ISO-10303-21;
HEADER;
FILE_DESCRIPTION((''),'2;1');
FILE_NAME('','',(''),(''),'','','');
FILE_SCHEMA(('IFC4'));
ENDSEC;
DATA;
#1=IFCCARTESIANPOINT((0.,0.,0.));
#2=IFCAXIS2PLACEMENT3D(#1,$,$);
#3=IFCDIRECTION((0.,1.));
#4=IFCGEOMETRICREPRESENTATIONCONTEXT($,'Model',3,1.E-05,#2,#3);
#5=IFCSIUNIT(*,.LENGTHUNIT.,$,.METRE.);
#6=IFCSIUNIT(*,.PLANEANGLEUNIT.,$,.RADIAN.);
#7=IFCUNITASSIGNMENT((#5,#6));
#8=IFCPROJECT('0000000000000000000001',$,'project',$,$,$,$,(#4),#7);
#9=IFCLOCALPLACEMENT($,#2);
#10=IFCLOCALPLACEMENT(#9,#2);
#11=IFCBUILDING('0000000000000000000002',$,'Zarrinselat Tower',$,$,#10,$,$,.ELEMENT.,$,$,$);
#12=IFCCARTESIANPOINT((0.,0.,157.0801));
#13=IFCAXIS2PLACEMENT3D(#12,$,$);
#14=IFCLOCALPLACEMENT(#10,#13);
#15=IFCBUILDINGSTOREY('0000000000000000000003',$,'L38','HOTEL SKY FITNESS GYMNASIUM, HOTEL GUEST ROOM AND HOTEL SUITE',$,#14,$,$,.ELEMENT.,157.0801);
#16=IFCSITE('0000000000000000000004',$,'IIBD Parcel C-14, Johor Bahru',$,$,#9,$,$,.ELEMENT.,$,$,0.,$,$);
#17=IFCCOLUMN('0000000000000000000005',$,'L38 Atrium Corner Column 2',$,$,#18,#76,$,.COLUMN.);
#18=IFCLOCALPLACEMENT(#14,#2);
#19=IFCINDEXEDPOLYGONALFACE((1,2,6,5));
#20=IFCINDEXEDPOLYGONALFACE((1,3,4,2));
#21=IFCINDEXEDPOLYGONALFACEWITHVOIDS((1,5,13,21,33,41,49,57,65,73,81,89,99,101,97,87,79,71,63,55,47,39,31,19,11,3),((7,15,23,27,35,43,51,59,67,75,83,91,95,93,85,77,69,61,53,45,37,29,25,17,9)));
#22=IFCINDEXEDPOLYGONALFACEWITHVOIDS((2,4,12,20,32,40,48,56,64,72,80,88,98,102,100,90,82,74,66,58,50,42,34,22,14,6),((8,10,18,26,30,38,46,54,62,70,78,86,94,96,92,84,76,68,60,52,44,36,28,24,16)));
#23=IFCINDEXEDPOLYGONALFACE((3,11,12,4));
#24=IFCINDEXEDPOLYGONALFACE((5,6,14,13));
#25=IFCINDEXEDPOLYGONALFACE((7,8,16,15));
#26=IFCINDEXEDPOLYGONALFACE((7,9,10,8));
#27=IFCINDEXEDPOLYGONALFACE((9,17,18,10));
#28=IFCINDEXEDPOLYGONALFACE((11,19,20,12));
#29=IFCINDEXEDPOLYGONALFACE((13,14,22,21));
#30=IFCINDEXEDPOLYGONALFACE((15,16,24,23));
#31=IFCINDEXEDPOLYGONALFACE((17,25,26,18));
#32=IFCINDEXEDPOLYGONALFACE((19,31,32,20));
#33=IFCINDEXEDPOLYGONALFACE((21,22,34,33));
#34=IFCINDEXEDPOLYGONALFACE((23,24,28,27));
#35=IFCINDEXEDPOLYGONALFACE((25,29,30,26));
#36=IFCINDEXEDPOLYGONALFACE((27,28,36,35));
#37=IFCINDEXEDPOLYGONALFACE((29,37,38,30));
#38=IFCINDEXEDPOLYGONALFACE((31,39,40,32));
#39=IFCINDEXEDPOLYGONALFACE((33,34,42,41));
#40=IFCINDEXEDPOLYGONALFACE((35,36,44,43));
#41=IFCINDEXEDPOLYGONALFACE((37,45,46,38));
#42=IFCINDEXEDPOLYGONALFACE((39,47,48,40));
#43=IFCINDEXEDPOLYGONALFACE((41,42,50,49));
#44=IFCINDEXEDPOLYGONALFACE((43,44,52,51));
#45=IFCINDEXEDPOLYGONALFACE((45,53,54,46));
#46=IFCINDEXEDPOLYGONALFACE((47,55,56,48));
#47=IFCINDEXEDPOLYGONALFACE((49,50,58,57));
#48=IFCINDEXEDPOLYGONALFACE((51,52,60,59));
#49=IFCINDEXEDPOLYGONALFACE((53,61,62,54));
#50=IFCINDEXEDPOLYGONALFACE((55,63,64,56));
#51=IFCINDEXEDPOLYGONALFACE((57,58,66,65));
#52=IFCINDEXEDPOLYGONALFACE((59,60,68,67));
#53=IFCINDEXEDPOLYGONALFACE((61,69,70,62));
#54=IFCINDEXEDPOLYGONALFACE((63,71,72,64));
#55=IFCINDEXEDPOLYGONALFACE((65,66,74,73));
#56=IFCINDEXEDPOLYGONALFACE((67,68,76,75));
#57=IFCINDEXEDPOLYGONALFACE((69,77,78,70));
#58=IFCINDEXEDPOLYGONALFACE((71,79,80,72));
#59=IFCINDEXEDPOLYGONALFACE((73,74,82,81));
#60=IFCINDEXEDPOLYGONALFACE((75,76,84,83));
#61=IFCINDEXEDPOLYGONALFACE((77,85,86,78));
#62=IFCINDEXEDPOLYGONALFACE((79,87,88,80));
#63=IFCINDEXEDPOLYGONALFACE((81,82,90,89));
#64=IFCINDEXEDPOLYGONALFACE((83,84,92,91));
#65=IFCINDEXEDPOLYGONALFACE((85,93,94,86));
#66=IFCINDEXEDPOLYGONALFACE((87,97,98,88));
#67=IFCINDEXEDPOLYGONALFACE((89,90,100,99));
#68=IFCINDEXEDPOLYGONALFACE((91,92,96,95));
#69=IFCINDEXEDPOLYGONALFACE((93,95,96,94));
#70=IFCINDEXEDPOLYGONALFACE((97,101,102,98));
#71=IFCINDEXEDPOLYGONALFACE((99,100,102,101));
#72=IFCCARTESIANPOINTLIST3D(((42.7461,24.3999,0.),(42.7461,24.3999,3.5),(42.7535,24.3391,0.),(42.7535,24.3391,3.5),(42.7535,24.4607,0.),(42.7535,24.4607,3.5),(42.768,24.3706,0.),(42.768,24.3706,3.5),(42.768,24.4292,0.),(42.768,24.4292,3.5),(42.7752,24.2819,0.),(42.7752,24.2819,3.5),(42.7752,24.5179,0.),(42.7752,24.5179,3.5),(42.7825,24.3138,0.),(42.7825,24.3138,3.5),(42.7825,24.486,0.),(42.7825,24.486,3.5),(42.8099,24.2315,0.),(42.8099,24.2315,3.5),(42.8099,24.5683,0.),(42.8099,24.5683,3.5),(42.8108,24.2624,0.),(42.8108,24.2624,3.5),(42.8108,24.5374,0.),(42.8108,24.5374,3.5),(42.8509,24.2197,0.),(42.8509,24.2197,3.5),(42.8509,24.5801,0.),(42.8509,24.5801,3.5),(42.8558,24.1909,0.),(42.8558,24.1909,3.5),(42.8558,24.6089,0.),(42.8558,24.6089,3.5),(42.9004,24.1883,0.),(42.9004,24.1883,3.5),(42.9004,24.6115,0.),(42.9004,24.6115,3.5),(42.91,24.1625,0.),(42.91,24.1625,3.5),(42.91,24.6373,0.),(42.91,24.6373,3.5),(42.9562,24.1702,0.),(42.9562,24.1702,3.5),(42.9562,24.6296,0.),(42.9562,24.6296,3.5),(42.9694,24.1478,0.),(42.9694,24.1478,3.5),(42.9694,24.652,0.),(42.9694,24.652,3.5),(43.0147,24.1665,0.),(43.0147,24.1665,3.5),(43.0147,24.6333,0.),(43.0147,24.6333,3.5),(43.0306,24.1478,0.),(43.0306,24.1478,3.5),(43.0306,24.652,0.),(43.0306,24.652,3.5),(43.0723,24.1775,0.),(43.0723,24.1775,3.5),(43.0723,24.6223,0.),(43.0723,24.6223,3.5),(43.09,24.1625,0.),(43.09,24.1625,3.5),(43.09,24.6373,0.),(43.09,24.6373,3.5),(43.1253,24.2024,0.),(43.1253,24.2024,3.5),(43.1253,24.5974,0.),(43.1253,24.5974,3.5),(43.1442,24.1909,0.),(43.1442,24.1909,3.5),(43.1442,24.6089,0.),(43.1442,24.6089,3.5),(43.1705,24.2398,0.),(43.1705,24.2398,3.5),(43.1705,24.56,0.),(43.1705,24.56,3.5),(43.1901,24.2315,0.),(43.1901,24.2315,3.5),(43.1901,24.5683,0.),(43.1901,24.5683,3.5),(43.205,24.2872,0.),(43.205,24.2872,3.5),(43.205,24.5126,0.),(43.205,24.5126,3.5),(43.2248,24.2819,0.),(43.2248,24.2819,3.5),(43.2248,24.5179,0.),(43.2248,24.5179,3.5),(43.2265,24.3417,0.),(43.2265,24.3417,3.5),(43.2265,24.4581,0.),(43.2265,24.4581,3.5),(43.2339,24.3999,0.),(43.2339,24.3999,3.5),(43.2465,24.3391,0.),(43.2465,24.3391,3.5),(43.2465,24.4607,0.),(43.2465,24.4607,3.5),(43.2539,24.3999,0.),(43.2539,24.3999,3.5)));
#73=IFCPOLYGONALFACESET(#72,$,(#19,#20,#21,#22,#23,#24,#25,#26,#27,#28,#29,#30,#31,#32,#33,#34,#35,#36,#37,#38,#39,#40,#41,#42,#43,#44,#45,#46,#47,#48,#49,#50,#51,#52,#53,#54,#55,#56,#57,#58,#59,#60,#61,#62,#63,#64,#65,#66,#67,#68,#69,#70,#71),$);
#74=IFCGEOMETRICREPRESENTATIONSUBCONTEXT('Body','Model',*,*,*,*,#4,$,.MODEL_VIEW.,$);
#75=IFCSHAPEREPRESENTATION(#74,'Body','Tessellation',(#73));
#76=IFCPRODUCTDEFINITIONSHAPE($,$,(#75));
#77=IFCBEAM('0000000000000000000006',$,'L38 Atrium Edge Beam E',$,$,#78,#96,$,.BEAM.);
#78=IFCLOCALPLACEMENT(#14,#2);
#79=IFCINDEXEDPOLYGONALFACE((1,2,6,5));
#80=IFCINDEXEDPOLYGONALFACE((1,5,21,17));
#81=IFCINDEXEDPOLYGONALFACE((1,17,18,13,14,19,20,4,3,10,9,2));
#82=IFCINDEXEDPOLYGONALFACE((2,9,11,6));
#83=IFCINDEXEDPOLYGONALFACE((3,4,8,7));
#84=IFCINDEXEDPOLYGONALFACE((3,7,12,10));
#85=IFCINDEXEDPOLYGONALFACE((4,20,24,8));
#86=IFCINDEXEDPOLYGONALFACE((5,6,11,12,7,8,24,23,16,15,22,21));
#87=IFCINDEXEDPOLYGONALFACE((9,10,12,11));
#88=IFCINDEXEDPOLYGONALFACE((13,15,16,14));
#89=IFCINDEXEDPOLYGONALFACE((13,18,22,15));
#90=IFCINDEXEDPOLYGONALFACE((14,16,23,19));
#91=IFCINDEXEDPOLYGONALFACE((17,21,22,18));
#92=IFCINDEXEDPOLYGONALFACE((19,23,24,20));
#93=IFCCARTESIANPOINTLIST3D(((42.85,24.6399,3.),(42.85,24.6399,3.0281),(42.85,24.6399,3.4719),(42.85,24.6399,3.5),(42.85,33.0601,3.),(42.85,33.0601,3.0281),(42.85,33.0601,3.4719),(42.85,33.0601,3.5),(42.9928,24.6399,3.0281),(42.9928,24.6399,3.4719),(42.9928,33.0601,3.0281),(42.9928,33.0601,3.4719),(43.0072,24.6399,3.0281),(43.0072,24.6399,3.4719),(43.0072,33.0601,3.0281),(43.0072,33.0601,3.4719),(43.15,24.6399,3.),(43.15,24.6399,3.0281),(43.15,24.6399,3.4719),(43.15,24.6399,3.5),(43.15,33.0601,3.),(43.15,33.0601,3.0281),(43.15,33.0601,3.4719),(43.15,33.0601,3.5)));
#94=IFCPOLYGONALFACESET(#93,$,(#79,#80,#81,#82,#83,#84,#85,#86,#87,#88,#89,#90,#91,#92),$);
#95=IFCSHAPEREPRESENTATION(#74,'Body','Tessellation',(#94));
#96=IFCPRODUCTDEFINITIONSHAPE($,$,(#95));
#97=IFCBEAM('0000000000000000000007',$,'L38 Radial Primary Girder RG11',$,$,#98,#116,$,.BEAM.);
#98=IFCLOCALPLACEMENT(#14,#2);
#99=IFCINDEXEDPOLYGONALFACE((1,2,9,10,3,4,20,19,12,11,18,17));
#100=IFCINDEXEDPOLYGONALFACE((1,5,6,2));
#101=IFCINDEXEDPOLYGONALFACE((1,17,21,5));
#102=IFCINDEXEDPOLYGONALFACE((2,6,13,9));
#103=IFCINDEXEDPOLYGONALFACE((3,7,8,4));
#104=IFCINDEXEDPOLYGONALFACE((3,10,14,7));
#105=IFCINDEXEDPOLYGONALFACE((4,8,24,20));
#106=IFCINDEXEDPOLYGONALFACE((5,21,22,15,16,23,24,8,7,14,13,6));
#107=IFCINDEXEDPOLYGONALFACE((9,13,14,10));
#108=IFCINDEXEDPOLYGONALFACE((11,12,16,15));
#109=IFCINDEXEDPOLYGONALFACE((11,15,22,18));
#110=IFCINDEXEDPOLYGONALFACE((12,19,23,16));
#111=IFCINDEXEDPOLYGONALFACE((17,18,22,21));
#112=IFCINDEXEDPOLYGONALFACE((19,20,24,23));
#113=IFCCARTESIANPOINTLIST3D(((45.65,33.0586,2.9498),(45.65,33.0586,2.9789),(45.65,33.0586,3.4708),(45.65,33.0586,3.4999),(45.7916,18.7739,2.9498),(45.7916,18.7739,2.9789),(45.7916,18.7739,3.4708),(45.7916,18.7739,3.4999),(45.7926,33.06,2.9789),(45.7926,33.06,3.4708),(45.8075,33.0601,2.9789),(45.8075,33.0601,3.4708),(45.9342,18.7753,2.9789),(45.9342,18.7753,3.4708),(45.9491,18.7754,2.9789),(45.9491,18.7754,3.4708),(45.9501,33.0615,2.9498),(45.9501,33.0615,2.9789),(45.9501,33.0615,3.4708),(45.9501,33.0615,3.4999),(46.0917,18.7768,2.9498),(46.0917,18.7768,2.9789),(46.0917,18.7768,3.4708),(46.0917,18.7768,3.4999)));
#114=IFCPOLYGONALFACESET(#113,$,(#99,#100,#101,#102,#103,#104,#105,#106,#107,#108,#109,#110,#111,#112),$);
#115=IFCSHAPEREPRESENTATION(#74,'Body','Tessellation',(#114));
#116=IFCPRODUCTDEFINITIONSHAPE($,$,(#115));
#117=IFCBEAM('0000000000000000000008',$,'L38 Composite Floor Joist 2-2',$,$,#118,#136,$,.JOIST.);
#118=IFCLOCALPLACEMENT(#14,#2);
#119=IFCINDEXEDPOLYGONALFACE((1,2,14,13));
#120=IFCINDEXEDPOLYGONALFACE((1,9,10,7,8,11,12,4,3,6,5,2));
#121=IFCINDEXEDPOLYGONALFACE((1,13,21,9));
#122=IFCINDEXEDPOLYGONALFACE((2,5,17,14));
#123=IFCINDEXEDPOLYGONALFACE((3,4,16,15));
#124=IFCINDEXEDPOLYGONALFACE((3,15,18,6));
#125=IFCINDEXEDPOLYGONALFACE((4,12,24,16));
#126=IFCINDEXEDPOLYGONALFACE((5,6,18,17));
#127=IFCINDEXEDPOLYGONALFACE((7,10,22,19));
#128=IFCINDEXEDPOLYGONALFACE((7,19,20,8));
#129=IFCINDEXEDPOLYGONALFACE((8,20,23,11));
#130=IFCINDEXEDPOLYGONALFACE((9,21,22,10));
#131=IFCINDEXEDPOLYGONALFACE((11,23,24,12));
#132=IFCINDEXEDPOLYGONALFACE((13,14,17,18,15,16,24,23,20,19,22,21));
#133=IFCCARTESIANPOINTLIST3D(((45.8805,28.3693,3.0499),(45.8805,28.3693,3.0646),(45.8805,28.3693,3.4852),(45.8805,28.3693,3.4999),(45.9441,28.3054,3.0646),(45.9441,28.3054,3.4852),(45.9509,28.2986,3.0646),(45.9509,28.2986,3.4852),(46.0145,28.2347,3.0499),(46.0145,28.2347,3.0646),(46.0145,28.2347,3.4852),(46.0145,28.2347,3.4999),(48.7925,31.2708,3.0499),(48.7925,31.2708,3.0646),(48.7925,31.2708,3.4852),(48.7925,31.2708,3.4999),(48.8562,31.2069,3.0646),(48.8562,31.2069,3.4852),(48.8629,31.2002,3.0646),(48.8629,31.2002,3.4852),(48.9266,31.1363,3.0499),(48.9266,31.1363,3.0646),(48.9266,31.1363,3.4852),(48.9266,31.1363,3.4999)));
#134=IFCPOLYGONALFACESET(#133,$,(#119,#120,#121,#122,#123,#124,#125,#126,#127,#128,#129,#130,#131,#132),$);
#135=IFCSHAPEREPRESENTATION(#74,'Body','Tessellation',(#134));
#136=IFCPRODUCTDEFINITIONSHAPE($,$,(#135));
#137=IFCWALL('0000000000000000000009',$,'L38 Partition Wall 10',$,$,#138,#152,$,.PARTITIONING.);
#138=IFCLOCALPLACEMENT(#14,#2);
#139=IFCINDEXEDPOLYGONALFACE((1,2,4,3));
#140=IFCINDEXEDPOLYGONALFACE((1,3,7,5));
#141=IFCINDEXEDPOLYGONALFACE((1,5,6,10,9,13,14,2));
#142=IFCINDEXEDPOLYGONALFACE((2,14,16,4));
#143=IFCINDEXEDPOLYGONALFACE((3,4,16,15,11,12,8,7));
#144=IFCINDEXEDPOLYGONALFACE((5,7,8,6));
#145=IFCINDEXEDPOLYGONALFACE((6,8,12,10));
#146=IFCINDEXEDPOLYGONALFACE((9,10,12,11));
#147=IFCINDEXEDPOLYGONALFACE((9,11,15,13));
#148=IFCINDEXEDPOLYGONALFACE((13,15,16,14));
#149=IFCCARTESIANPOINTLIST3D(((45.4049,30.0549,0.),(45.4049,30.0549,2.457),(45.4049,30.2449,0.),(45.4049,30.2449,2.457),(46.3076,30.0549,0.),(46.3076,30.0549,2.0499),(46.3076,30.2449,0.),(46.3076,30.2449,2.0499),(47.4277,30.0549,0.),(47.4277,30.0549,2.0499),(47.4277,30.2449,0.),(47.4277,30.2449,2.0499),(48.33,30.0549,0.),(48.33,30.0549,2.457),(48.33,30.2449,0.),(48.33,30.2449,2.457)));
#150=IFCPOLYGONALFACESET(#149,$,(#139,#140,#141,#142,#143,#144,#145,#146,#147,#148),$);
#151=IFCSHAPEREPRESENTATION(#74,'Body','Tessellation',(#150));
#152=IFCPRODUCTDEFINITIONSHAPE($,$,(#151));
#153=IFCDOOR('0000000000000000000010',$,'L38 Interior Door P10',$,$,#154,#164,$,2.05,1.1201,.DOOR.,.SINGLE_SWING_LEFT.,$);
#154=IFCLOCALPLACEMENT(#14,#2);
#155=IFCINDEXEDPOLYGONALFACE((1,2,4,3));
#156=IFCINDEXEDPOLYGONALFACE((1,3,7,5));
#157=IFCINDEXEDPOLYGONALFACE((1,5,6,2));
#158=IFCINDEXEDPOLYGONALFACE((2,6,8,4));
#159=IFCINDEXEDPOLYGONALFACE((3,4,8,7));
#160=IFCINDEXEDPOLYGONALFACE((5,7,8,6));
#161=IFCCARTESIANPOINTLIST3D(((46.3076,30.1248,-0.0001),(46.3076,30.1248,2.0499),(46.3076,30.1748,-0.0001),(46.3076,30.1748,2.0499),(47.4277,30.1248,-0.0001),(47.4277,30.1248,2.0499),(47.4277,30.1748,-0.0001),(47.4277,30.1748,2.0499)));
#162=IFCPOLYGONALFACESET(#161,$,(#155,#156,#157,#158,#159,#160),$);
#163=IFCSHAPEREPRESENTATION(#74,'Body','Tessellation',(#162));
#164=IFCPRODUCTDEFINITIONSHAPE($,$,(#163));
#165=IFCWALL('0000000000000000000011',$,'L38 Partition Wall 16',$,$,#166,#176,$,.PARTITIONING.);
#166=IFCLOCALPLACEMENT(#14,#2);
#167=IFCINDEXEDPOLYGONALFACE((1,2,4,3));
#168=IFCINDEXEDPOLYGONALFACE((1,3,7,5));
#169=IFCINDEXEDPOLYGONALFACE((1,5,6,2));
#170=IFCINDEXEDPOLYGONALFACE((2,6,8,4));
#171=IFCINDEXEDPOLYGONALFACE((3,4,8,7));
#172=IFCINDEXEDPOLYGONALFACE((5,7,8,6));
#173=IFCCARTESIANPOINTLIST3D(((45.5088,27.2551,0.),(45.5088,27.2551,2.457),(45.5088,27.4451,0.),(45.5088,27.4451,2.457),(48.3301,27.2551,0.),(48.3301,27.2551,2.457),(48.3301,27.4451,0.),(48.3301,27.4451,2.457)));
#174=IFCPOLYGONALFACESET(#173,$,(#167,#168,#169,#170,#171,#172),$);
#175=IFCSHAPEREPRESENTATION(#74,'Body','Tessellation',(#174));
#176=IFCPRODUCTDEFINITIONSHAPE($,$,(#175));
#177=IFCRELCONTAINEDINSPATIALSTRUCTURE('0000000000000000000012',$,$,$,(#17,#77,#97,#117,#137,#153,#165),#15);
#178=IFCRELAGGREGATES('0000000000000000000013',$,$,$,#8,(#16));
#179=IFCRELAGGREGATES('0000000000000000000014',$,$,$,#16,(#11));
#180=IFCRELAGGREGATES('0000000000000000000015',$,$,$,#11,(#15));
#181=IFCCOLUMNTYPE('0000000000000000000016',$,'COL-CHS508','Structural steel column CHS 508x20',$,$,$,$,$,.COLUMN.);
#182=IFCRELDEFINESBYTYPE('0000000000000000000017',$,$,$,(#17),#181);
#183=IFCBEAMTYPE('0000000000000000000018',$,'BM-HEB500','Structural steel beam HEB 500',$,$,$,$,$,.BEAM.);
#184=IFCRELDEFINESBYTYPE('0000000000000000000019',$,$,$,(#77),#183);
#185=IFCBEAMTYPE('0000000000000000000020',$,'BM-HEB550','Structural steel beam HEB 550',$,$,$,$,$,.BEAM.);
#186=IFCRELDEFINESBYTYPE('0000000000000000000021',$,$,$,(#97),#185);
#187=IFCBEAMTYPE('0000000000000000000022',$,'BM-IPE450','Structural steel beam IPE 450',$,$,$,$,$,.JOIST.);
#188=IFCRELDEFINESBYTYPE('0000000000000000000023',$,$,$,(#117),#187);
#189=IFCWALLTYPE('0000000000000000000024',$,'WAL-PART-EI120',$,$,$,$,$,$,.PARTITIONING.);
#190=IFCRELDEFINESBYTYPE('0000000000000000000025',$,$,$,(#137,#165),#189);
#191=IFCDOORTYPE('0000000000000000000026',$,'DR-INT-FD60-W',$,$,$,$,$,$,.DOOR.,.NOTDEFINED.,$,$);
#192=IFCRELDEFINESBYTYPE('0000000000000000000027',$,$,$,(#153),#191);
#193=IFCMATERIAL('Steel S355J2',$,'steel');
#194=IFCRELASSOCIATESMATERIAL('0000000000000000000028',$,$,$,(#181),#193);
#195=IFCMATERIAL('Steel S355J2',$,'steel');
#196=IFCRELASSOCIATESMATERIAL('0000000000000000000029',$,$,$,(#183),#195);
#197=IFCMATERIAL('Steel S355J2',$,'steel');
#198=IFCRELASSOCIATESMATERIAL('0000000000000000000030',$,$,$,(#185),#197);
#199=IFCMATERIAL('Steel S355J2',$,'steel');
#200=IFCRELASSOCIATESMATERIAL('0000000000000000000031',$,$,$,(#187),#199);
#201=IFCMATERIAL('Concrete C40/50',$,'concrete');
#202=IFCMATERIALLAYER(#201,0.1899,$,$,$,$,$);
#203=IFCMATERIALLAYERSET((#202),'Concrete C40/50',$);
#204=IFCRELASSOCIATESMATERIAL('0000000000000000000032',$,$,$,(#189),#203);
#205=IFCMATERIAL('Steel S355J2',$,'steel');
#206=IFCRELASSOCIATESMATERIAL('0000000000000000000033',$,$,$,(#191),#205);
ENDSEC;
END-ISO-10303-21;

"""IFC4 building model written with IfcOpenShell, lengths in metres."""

from ifc_helpers import new_model, si_unit, direction, frame, frame_2d, origin, origin_2d, place, context, subcontext, project, spatial, rectangle, hollow_circle, i_section, extrude, material, layer, layer_set, material_profile, profile_set, type_object, element, fill, save


model = new_model("IFC4")

# Units and contexts
model_context = context("Model", 3, precision=1e-05, world=origin(), true_north=direction((0.0, 1.0)))
body_context = subcontext(model_context, "Body", "Model", "MODEL_VIEW")
ifc_project = project(units=[si_unit("LENGTHUNIT", "METRE"), si_unit("PLANEANGLEUNIT", "RADIAN")], contexts=[model_context])

# Site, building, storey
site_placement = place(None, origin())
site = spatial("IfcSite", under=ifc_project, at=site_placement, Name="IIBD Parcel C-14, Johor Bahru", CompositionType="ELEMENT", RefElevation=0.0)
building_placement = place(site_placement, origin())
building = spatial("IfcBuilding", under=site, at=building_placement, Name="Zarrinselat Tower", CompositionType="ELEMENT")
storey_placement = place(building_placement, frame((0.0, 0.0, 157.0801)))
storey = spatial("IfcBuildingStorey", under=building, at=storey_placement, Name="L38", Description="HOTEL SKY FITNESS GYMNASIUM, HOTEL GUEST ROOM AND HOTEL SUITE", CompositionType="ELEMENT", Elevation=157.0801)

# Column
ifc_material_1 = material(Name="Steel S355J2", Category="steel")
ifc_material_profile_1 = material_profile(ifc_material_1, hollow_circle(Radius=0.2539, WallThickness=0.02, at=origin_2d()), Name="CHS 508x20")
ifc_profile_set_1 = profile_set([ifc_material_profile_1], Name="Steel S355J2")
column_type = type_object("IfcColumnType", Name="COL-CHS508", Description="Structural steel column CHS 508x20", PredefinedType="COLUMN", material=ifc_profile_set_1)
column_placement = place(storey_placement, frame((43.0, 24.3999, 0.0), z_axis=(0.0, 0.0, 1.0), x_axis=(1.0, 0.0, 0.0)))
element("IfcColumn", 1, at=column_placement, inside=storey, type_object=column_type, Name="L38 Atrium Corner Column 2", PredefinedType="COLUMN", context=body_context, shape_type="SweptSolid", body=[
    extrude(hollow_circle(Radius=0.2539, WallThickness=0.02, at=origin_2d()), origin(), (0.0, 0.0, 1.0), 3.5),
])

# Beams
ifc_material_2 = material(Name="Steel S355J2", Category="steel")
ifc_material_profile_2 = material_profile(ifc_material_2, i_section(OverallWidth=0.3, OverallDepth=0.5, WebThickness=0.0144, FlangeThickness=0.0281, at=origin_2d()), Name="HEB 500")
ifc_profile_set_2 = profile_set([ifc_material_profile_2], Name="Steel S355J2")
beam_type_1 = type_object("IfcBeamType", Name="BM-HEB500", Description="Structural steel beam HEB 500", PredefinedType="BEAM", material=ifc_profile_set_2)
beam_1_placement = place(storey_placement, frame((43.0, 24.6399, 3.25), z_axis=(0.0, 1.0, 0.0), x_axis=(-1.0, 0.0, 0.0)))
element("IfcBeam", 2, at=beam_1_placement, inside=storey, type_object=beam_type_1, Name="L38 Atrium Edge Beam E", PredefinedType="BEAM", context=body_context, shape_type="SweptSolid", body=[
    extrude(i_section(OverallWidth=0.3, OverallDepth=0.5, WebThickness=0.0144, FlangeThickness=0.0281, at=origin_2d()), origin(), (0.0, 0.0, 1.0), 8.4202),
])
ifc_material_3 = material(Name="Steel S355J2", Category="steel")
ifc_material_profile_3 = material_profile(ifc_material_3, i_section(OverallWidth=0.3, OverallDepth=0.55, WebThickness=0.0149, FlangeThickness=0.0291, at=origin_2d()), Name="HEB 550")
ifc_profile_set_3 = profile_set([ifc_material_profile_3], Name="Steel S355J2")
beam_type_2 = type_object("IfcBeamType", Name="BM-HEB550", Description="Structural steel beam HEB 550", PredefinedType="BEAM", material=ifc_profile_set_3)
beam_2_placement = place(storey_placement, frame((45.8, 33.0601, 3.2249), z_axis=(0.009912, -0.999951, 0.0), x_axis=(0.999951, 0.009912, 0.0)))
element("IfcBeam", 3, at=beam_2_placement, inside=storey, type_object=beam_type_2, Name="L38 Radial Primary Girder RG11", PredefinedType="BEAM", context=body_context, shape_type="SweptSolid", body=[
    extrude(i_section(OverallWidth=0.3, OverallDepth=0.55, WebThickness=0.0149, FlangeThickness=0.0291, at=origin_2d()), origin(), (0.0, 0.0, 1.0), 14.2854),
])
ifc_material_4 = material(Name="Steel S355J2", Category="steel")
ifc_material_profile_4 = material_profile(ifc_material_4, i_section(OverallWidth=0.1899, OverallDepth=0.45, WebThickness=0.0095, FlangeThickness=0.0146, at=origin_2d()), Name="IPE 450")
ifc_profile_set_4 = profile_set([ifc_material_profile_4], Name="Steel S355J2")
beam_type_3 = type_object("IfcBeamType", Name="BM-IPE450", Description="Structural steel beam IPE 450", PredefinedType="JOIST", material=ifc_profile_set_4)
beam_3_placement = place(storey_placement, frame((45.9475, 28.302, 3.2749), z_axis=(0.708382, 0.705829, 0.0), x_axis=(-0.705829, 0.708382, 0.0)))
element("IfcBeam", 4, at=beam_3_placement, inside=storey, type_object=beam_type_3, Name="L38 Composite Floor Joist 2-2", PredefinedType="JOIST", context=body_context, shape_type="SweptSolid", body=[
    extrude(i_section(OverallWidth=0.1899, OverallDepth=0.45, WebThickness=0.0095, FlangeThickness=0.0146, at=origin_2d()), origin(), (0.0, 0.0, 1.0), 4.1108),
])

# Wall, opening, door
ifc_material_5 = material(Name="Concrete C40/50", Category="concrete")
ifc_layer_1 = layer(ifc_material_5, 0.1899)
ifc_layer_set_1 = layer_set([ifc_layer_1], Name="Concrete C40/50")
wall_type_1 = type_object("IfcWallType", Name="WAL-PART-EI120", PredefinedType="PARTITIONING", material=ifc_layer_set_1)
wall_1_placement = place(storey_placement, frame((45.405, 30.1499, 0.0), z_axis=(0.0, 0.0, 1.0), x_axis=(1.0, 0.0, 0.0)))
wall_1 = element("IfcWall", 5, at=wall_1_placement, inside=storey, type_object=wall_type_1, Name="L38 Partition Wall 10", PredefinedType="PARTITIONING", context=body_context, shape_type="SweptSolid", body=[
    extrude(rectangle(XDim=2.925, YDim=0.1899, at=frame_2d((1.4624, 0.0))), origin(), (0.0, 0.0, 1.0), 2.457),
])
opening_1_placement = place(wall_1_placement, frame((0.9026, 0.0, 0.0)))
opening_1 = element("IfcOpeningElement", 6, at=opening_1_placement, cuts=wall_1, PredefinedType="OPENING", context=body_context, shape_type="SweptSolid", body=[
    extrude(rectangle(XDim=1.1201, YDim=2.05, at=frame_2d((0.5601, 1.0249))), frame((0.0, 0.105, 0.0), z_axis=(0.0, -1.0, 0.0), x_axis=(1.0, 0.0, 0.0)), (0.0, 0.0, 1.0), 0.21),
])
ifc_material_6 = material(Name="Steel S355J2", Category="steel")
door_type_1 = type_object("IfcDoorType", Name="DR-INT-FD60-W", OperationType="NOTDEFINED", PredefinedType="DOOR", material=ifc_material_6)
door_1_placement = place(opening_1_placement, origin())
door_1 = element("IfcDoor", 7, at=door_1_placement, inside=storey, type_object=door_type_1, Name="L38 Interior Door P10", OperationType="SINGLE_SWING_LEFT", OverallHeight=2.05, OverallWidth=1.1201, PredefinedType="DOOR", context=body_context, shape_type="SweptSolid", body=[
    extrude(rectangle(XDim=1.1201, YDim=2.05, at=frame_2d((0.5601, 1.0249))), frame((0.0, 0.0249, 0.0), z_axis=(0.0, -1.0, 0.0), x_axis=(1.0, 0.0, 0.0)), (0.0, 0.0, 1.0), 0.05),
])
fill(opening_1, door_1)

# Wall
wall_2_placement = place(storey_placement, frame((45.5088, 27.3501, 0.0), z_axis=(0.0, 0.0, 1.0), x_axis=(1.0, 0.0, 0.0)))
element("IfcWall", 8, at=wall_2_placement, inside=storey, type_object=wall_type_1, Name="L38 Partition Wall 16", PredefinedType="PARTITIONING", context=body_context, shape_type="SweptSolid", body=[
    extrude(rectangle(XDim=2.8213, YDim=0.1899, at=frame_2d((1.4106, 0.0))), origin(), (0.0, 0.0, 1.0), 2.457),
])

save(model, "model.ifc")
